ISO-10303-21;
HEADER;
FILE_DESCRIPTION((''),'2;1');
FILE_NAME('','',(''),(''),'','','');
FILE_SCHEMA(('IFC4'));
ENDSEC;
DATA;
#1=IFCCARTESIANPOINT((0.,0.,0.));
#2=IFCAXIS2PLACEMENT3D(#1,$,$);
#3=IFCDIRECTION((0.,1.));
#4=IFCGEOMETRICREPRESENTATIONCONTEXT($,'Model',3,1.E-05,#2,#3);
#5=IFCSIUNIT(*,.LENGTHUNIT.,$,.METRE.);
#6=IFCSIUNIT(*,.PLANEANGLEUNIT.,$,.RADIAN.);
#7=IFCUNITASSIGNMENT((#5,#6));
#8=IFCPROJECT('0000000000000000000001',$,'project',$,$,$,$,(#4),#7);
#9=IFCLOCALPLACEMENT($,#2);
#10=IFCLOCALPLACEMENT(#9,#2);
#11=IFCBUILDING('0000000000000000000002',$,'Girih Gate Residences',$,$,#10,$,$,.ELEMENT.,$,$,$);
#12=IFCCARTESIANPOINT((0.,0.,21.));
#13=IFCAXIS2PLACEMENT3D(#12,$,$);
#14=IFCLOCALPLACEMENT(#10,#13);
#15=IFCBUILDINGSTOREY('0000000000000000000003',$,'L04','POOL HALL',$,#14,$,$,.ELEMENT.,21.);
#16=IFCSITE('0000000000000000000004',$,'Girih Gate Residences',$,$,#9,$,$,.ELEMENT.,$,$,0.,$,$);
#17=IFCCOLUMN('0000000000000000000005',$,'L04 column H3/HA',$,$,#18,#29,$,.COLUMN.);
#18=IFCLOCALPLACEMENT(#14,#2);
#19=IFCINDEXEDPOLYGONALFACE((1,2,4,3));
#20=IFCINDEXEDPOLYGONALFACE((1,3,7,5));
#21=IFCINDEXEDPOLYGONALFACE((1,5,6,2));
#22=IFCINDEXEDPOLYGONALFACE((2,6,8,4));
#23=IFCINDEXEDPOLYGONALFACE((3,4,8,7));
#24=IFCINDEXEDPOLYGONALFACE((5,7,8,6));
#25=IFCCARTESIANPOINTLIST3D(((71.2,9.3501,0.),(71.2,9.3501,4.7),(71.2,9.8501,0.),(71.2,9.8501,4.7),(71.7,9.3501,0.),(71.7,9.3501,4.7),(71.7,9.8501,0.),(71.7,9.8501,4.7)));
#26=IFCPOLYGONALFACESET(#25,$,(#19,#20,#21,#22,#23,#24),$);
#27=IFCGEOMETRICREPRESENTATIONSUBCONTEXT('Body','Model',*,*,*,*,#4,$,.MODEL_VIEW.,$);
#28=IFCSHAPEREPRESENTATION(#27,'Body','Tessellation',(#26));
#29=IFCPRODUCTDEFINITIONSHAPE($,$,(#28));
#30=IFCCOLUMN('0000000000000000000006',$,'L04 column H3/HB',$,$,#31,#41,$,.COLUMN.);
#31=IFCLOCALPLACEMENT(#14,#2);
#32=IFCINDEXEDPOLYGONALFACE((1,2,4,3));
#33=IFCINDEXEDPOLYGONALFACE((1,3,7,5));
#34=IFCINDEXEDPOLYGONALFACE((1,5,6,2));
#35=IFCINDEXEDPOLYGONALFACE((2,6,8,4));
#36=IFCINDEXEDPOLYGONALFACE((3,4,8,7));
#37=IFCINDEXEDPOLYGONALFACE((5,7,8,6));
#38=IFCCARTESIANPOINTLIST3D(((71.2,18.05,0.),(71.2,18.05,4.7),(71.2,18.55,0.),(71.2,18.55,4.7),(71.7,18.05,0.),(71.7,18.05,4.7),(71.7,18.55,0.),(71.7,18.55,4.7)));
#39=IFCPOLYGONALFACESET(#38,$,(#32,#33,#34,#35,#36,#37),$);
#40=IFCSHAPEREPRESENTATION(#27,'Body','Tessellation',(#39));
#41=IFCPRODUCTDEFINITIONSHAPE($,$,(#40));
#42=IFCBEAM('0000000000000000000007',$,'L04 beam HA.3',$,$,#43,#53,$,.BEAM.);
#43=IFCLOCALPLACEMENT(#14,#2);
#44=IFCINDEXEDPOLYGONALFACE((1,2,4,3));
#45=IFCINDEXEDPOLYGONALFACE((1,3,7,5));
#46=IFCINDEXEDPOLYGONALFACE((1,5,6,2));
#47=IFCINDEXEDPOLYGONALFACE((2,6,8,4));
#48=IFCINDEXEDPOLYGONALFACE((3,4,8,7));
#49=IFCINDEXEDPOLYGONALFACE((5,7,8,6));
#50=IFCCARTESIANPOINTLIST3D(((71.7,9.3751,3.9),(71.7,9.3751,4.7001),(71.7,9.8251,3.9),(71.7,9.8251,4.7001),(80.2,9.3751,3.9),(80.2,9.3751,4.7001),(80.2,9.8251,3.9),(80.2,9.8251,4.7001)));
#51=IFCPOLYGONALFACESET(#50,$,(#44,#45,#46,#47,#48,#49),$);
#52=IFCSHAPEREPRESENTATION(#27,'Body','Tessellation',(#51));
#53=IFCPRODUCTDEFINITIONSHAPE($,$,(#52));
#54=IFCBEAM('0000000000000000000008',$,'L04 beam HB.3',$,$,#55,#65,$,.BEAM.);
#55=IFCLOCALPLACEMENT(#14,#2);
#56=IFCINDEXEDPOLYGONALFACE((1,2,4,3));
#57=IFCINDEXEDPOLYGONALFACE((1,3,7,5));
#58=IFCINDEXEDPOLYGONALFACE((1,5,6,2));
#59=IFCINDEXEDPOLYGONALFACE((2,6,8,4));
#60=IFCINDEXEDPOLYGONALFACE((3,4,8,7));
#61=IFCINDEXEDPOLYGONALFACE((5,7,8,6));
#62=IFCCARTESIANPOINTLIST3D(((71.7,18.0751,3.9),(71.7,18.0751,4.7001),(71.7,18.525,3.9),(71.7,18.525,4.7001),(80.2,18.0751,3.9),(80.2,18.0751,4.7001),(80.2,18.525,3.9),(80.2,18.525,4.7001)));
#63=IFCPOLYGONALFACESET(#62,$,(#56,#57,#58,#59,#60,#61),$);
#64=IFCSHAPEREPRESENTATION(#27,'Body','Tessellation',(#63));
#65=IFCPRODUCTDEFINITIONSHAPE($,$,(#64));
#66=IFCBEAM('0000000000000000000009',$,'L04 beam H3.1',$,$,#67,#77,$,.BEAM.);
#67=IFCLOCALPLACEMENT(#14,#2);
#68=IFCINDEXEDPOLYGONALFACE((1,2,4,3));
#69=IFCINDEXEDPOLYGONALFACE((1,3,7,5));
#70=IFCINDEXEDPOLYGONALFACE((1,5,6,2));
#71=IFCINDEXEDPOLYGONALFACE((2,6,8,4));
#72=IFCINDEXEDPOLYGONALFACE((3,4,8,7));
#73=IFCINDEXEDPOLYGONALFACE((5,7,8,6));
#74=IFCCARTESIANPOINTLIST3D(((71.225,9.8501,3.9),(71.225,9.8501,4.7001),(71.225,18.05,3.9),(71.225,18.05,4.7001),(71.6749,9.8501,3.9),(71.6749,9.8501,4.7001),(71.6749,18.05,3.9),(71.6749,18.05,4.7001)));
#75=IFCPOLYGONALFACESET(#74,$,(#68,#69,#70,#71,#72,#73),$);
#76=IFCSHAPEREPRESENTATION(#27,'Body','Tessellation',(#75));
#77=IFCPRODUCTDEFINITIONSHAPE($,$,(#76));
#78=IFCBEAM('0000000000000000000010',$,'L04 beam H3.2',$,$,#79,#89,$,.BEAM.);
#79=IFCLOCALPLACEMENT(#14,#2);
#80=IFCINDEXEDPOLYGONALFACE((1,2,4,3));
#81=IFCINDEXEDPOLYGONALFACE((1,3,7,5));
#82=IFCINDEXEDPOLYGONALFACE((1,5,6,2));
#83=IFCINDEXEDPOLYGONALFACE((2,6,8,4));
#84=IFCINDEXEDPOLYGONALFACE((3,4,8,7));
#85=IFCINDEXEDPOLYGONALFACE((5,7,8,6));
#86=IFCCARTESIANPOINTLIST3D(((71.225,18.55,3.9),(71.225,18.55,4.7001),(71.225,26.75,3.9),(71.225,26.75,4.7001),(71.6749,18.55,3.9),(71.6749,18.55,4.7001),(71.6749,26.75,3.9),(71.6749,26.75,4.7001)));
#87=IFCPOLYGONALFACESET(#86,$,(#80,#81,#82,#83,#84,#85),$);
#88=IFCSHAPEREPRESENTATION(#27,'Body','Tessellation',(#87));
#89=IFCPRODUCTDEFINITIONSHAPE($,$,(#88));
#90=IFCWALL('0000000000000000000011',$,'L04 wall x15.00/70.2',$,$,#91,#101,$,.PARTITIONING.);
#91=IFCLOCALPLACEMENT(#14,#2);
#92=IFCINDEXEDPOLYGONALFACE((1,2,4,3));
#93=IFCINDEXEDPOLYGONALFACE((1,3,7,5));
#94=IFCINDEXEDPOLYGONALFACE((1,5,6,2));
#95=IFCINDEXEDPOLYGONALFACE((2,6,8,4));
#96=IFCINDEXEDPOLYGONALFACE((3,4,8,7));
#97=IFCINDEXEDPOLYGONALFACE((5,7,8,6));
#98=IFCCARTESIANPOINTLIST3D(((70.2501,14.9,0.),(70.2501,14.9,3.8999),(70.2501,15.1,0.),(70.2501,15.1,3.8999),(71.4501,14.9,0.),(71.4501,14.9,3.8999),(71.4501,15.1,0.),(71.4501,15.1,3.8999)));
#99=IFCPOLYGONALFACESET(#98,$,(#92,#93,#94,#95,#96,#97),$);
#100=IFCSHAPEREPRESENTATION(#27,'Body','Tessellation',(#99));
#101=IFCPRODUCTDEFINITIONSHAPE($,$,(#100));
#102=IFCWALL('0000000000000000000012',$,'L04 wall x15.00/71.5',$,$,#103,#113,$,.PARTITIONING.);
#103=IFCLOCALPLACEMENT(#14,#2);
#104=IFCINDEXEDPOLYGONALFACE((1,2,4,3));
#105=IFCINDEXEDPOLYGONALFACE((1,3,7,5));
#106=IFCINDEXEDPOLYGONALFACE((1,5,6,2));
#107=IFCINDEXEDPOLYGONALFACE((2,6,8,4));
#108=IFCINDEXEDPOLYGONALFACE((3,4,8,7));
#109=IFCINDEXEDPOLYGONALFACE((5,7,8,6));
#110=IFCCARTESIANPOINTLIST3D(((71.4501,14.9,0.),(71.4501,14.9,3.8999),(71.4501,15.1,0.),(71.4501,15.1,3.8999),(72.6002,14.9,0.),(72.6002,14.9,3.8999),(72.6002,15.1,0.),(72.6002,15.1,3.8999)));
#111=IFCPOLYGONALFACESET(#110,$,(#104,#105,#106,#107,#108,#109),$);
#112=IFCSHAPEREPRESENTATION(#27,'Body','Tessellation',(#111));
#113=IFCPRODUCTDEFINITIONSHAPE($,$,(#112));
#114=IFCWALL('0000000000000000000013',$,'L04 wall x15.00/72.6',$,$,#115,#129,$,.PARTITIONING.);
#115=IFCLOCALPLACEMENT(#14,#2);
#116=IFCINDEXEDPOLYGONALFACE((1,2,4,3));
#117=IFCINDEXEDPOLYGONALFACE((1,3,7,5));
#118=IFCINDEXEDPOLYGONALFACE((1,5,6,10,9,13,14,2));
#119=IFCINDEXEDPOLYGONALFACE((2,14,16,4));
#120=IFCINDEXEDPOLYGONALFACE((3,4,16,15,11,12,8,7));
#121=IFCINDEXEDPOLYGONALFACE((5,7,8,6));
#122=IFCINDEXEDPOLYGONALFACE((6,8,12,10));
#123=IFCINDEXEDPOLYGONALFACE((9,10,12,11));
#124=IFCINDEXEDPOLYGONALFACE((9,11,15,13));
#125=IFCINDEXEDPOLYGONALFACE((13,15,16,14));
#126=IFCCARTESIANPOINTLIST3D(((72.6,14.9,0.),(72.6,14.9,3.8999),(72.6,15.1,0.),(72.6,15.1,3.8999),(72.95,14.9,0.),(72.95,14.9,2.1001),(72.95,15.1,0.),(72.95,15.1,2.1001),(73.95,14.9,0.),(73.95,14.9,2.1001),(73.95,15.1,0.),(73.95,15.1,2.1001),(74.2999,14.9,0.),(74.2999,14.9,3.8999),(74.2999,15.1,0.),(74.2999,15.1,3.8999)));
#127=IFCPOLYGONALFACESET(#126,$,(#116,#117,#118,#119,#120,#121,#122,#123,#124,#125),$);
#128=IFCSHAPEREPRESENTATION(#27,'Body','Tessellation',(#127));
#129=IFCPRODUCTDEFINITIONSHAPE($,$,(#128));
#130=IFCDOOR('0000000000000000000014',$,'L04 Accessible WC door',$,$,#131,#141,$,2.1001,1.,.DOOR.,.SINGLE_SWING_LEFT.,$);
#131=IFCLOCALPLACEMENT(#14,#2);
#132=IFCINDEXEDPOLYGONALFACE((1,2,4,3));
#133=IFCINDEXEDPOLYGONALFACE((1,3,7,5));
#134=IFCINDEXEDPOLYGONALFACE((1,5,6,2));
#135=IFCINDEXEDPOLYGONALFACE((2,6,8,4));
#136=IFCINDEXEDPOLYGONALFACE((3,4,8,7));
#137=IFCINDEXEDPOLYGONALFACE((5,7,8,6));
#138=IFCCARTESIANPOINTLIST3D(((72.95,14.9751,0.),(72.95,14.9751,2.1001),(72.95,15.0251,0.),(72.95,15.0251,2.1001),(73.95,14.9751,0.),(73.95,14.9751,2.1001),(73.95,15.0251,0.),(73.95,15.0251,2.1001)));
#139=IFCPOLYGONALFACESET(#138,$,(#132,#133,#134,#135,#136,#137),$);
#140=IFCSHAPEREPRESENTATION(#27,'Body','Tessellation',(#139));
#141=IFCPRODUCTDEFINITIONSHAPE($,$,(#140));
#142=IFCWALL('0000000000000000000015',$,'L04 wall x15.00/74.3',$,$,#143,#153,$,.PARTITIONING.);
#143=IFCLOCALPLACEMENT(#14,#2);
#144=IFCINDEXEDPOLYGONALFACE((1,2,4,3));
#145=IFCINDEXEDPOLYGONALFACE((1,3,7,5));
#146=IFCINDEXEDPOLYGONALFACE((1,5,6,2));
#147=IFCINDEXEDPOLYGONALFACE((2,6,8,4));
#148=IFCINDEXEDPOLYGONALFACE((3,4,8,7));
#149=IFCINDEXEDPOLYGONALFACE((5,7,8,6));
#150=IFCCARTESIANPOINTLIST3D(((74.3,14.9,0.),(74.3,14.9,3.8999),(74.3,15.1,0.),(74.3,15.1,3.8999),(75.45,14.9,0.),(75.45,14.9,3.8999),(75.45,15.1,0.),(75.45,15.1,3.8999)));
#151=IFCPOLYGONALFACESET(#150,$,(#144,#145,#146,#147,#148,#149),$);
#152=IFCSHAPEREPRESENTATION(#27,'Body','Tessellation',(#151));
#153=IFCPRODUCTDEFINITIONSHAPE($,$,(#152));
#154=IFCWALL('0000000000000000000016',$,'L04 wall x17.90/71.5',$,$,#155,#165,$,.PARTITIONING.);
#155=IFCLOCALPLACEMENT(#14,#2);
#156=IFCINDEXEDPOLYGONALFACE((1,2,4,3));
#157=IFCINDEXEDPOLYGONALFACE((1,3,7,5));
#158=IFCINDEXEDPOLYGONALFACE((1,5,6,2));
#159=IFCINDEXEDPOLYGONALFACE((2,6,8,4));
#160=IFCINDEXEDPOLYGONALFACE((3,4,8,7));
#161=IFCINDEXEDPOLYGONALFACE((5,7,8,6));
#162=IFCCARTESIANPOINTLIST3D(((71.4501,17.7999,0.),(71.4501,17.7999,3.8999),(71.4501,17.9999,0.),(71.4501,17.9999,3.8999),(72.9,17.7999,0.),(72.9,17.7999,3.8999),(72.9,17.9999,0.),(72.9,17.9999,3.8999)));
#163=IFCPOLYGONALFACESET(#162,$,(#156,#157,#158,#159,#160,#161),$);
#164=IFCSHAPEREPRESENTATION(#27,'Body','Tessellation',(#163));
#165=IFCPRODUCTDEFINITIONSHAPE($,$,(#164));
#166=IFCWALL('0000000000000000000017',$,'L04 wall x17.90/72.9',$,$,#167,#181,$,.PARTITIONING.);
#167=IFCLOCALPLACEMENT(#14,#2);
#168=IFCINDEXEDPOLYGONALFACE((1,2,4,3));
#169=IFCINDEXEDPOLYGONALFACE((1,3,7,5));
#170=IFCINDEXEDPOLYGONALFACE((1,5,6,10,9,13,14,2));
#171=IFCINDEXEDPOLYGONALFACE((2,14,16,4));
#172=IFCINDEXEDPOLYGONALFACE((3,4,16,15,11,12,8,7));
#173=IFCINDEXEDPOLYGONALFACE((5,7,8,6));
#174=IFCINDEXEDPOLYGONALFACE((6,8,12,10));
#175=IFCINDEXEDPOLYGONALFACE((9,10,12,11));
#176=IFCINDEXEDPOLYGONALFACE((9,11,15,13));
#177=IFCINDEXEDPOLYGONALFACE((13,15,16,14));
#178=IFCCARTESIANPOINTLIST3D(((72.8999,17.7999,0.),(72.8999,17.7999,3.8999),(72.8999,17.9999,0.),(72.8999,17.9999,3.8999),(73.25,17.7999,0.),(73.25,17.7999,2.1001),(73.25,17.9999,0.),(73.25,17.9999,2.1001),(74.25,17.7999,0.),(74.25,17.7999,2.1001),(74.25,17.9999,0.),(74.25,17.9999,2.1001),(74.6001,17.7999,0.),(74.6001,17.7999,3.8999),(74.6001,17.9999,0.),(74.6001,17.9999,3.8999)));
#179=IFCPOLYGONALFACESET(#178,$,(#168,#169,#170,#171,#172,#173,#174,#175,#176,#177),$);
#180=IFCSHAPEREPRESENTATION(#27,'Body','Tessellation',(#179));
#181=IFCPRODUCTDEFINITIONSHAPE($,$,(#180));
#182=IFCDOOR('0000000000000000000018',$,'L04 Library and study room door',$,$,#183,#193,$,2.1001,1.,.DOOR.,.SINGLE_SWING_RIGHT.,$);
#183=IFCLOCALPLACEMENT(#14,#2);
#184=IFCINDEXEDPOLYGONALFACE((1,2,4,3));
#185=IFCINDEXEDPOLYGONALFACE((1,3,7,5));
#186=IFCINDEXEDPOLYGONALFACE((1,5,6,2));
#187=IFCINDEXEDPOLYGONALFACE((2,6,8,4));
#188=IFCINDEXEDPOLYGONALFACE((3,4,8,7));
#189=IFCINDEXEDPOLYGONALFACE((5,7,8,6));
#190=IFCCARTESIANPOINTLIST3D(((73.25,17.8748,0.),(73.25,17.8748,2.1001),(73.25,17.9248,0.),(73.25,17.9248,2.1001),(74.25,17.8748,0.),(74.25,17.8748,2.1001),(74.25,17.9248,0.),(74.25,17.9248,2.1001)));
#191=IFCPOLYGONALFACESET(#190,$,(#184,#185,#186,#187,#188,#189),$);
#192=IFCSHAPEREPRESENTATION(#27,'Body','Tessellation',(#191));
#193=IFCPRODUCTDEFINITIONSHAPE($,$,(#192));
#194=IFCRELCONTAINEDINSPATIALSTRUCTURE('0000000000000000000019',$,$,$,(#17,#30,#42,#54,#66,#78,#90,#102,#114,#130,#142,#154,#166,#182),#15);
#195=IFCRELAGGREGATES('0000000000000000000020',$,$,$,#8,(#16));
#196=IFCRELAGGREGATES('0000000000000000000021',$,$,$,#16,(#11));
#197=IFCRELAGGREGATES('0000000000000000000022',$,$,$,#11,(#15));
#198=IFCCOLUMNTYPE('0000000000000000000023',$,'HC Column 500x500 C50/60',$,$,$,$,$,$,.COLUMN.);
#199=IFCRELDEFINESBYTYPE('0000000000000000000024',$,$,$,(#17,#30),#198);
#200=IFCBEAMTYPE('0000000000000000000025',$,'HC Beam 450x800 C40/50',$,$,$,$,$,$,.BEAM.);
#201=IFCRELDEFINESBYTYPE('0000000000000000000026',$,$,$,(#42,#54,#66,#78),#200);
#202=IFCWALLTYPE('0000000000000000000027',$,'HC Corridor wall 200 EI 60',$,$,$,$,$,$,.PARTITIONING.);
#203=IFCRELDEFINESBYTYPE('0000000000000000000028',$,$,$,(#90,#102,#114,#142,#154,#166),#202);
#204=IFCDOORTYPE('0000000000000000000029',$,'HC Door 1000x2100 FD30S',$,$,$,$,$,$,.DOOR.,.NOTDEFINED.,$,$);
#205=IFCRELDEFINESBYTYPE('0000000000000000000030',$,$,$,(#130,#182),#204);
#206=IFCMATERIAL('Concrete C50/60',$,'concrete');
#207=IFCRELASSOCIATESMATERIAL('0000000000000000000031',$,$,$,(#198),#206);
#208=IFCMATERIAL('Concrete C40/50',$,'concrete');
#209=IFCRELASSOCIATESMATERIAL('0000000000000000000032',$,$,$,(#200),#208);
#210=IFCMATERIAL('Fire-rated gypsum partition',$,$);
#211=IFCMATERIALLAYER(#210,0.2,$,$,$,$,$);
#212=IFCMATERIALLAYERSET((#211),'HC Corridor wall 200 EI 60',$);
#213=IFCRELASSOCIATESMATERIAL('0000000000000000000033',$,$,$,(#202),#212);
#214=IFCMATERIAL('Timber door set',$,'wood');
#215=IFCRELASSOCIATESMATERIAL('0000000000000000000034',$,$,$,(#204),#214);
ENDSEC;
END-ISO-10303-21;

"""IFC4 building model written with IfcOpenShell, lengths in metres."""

from ifc_helpers import new_model, si_unit, direction, frame, frame_2d, origin, origin_2d, place, context, subcontext, project, spatial, rectangle, extrude, material, layer, layer_set, material_profile, profile_set, type_object, element, fill, save


model = new_model("IFC4")

# Units and contexts
model_context = context("Model", 3, precision=1e-05, world=origin(), true_north=direction((0.0, 1.0)))
body_context = subcontext(model_context, "Body", "Model", "MODEL_VIEW")
ifc_project = project(units=[si_unit("LENGTHUNIT", "METRE"), si_unit("PLANEANGLEUNIT", "RADIAN")], contexts=[model_context])

# Site, building, storey
site_placement = place(None, origin())
site = spatial("IfcSite", under=ifc_project, at=site_placement, Name="Girih Gate Residences", CompositionType="ELEMENT", RefElevation=0.0)
building_placement = place(site_placement, origin())
building = spatial("IfcBuilding", under=site, at=building_placement, Name="Girih Gate Residences", CompositionType="ELEMENT")
storey_placement = place(building_placement, frame((0.0, 0.0, 21.0)))
storey = spatial("IfcBuildingStorey", under=building, at=storey_placement, Name="L04", Description="POOL HALL", CompositionType="ELEMENT", Elevation=21.0)

# Columns
ifc_material_1 = material(Name="Concrete C50/60", Category="concrete")
ifc_material_profile_1 = material_profile(ifc_material_1, rectangle(XDim=0.5, YDim=0.5, at=origin_2d()))
ifc_profile_set_1 = profile_set([ifc_material_profile_1], Name="Concrete C50/60")
column_type = type_object("IfcColumnType", Name="HC Column 500x500 C50/60", PredefinedType="COLUMN", material=ifc_profile_set_1)
for number, where, z_axis, x_axis, name in (
    (1, (71.45, 9.6001, 0.0), (0.0, 0.0, 1.0), (1.0, 0.0, 0.0), "L04 column H3/HA"),
    (2, (71.45, 18.3, 0.0), (0.0, 0.0, 1.0), (1.0, 0.0, 0.0), "L04 column H3/HB"),
):
    element("IfcColumn", number, at=place(storey_placement, frame(where, z_axis=z_axis, x_axis=x_axis)), inside=storey, type_object=column_type, Name=name, PredefinedType="COLUMN", context=body_context, shape_type="SweptSolid", body=[
        extrude(rectangle(XDim=0.5, YDim=0.5, at=origin_2d()), origin(), (0.0, 0.0, 1.0), 4.7),
    ])

# Beams
ifc_material_2 = material(Name="Concrete C40/50", Category="concrete")
ifc_material_profile_2 = material_profile(ifc_material_2, rectangle(XDim=0.45, YDim=0.8, at=origin_2d()))
ifc_profile_set_2 = profile_set([ifc_material_profile_2], Name="Concrete C40/50")
beam_type = type_object("IfcBeamType", Name="HC Beam 450x800 C40/50", PredefinedType="BEAM", material=ifc_profile_set_2)
for number, where, z_axis, x_axis, name in (
    (3, (71.7, 9.6001, 4.3), (1.0, 0.0, 0.0), (0.0, 1.0, 0.0), "L04 beam HA.3"),
    (4, (71.7, 18.3, 4.3), (1.0, 0.0, 0.0), (0.0, 1.0, 0.0), "L04 beam HB.3"),
):
    element("IfcBeam", number, at=place(storey_placement, frame(where, z_axis=z_axis, x_axis=x_axis)), inside=storey, type_object=beam_type, Name=name, PredefinedType="BEAM", context=body_context, shape_type="SweptSolid", body=[
        extrude(rectangle(XDim=0.45, YDim=0.8, at=origin_2d()), origin(), (0.0, 0.0, 1.0), 8.5),
    ])
for number, where, z_axis, x_axis, name in (
    (5, (71.45, 9.8501, 4.3), (0.0, 1.0, 0.0), (-1.0, 0.0, 0.0), "L04 beam H3.1"),
    (6, (71.45, 18.55, 4.3), (0.0, 1.0, 0.0), (-1.0, 0.0, 0.0), "L04 beam H3.2"),
):
    element("IfcBeam", number, at=place(storey_placement, frame(where, z_axis=z_axis, x_axis=x_axis)), inside=storey, type_object=beam_type, Name=name, PredefinedType="BEAM", context=body_context, shape_type="SweptSolid", body=[
        extrude(rectangle(XDim=0.45, YDim=0.8, at=origin_2d()), origin(), (0.0, 0.0, 1.0), 8.2),
    ])

# Walls
ifc_material_3 = material(Name="Fire-rated gypsum partition")
ifc_layer_1 = layer(ifc_material_3, 0.2)
ifc_layer_set_1 = layer_set([ifc_layer_1], Name="HC Corridor wall 200 EI 60")
wall_type_1 = type_object("IfcWallType", Name="HC Corridor wall 200 EI 60", PredefinedType="PARTITIONING", material=ifc_layer_set_1)
wall_1_placement = place(storey_placement, frame((70.25, 15.0, 0.0), z_axis=(0.0, 0.0, 1.0), x_axis=(1.0, 0.0, 0.0)))
element("IfcWall", 7, at=wall_1_placement, inside=storey, type_object=wall_type_1, Name="L04 wall x15.00/70.2", PredefinedType="PARTITIONING", context=body_context, shape_type="SweptSolid", body=[
    extrude(rectangle(XDim=1.2, YDim=0.2, at=frame_2d((0.6001, 0.0))), origin(), (0.0, 0.0, 1.0), 3.8999),
])
wall_2_placement = place(storey_placement, frame((71.45, 15.0, 0.0), z_axis=(0.0, 0.0, 1.0), x_axis=(1.0, 0.0, 0.0)))
element("IfcWall", 8, at=wall_2_placement, inside=storey, type_object=wall_type_1, Name="L04 wall x15.00/71.5", PredefinedType="PARTITIONING", context=body_context, shape_type="SweptSolid", body=[
    extrude(rectangle(XDim=1.1501, YDim=0.2, at=frame_2d((0.5752, 0.0))), origin(), (0.0, 0.0, 1.0), 3.8999),
])

# Wall, opening, door
wall_3_placement = place(storey_placement, frame((74.3, 15.0, 0.0), z_axis=(0.0, 0.0, 1.0), x_axis=(-1.0, 0.0, 0.0)))
wall_3 = element("IfcWall", 9, at=wall_3_placement, inside=storey, type_object=wall_type_1, Name="L04 wall x15.00/72.6", PredefinedType="PARTITIONING", context=body_context, shape_type="SweptSolid", body=[
    extrude(rectangle(XDim=1.7, YDim=0.2, at=frame_2d((0.8501, 0.0))), origin(), (0.0, 0.0, 1.0), 3.8999),
])
opening_1_placement = place(wall_3_placement, frame((0.3501, 0.0, 0.0)))
opening_1 = element("IfcOpeningElement", 10, at=opening_1_placement, cuts=wall_3, PredefinedType="OPENING", context=body_context, shape_type="SweptSolid", body=[
    extrude(rectangle(XDim=1.0, YDim=2.1001, at=frame_2d((0.5, 1.05))), frame((0.0, 0.1099, 0.0), z_axis=(0.0, -1.0, 0.0), x_axis=(1.0, 0.0, 0.0)), (0.0, 0.0, 1.0), 0.22),
])
ifc_material_4 = material(Name="Timber door set", Category="wood")
door_type_1 = type_object("IfcDoorType", Name="HC Door 1000x2100 FD30S", OperationType="NOTDEFINED", PredefinedType="DOOR", material=ifc_material_4)
door_1_placement = place(opening_1_placement, origin())
door_1 = element("IfcDoor", 11, at=door_1_placement, inside=storey, type_object=door_type_1, Name="L04 Accessible WC door", OperationType="SINGLE_SWING_LEFT", OverallHeight=2.1001, OverallWidth=1.0, PredefinedType="DOOR", context=body_context, shape_type="SweptSolid", body=[
    extrude(rectangle(XDim=1.0, YDim=2.1001, at=frame_2d((0.5, 1.05))), frame((0.0, 0.0249, 0.0), z_axis=(0.0, -1.0, 0.0), x_axis=(1.0, 0.0, 0.0)), (0.0, 0.0, 1.0), 0.05),
])
fill(opening_1, door_1)

# Walls
wall_4_placement = place(storey_placement, frame((74.3, 15.0, 0.0), z_axis=(0.0, 0.0, 1.0), x_axis=(1.0, 0.0, 0.0)))
element("IfcWall", 12, at=wall_4_placement, inside=storey, type_object=wall_type_1, Name="L04 wall x15.00/74.3", PredefinedType="PARTITIONING", context=body_context, shape_type="SweptSolid", body=[
    extrude(rectangle(XDim=1.1499, YDim=0.2, at=frame_2d((0.575, 0.0))), origin(), (0.0, 0.0, 1.0), 3.8999),
])
wall_5_placement = place(storey_placement, frame((71.45, 17.8999, 0.0), z_axis=(0.0, 0.0, 1.0), x_axis=(1.0, 0.0, 0.0)))
element("IfcWall", 13, at=wall_5_placement, inside=storey, type_object=wall_type_1, Name="L04 wall x17.90/71.5", PredefinedType="PARTITIONING", context=body_context, shape_type="SweptSolid", body=[
    extrude(rectangle(XDim=1.45, YDim=0.2, at=frame_2d((0.7251, 0.0))), origin(), (0.0, 0.0, 1.0), 3.8999),
])

# Wall, opening, door
wall_6_placement = place(storey_placement, frame((72.8999, 17.8999, 0.0), z_axis=(0.0, 0.0, 1.0), x_axis=(1.0, 0.0, 0.0)))
wall_6 = element("IfcWall", 14, at=wall_6_placement, inside=storey, type_object=wall_type_1, Name="L04 wall x17.90/72.9", PredefinedType="PARTITIONING", context=body_context, shape_type="SweptSolid", body=[
    extrude(rectangle(XDim=1.7002, YDim=0.2, at=frame_2d((0.8501, 0.0))), origin(), (0.0, 0.0, 1.0), 3.8999),
])
opening_2_placement = place(wall_6_placement, frame((0.3501, 0.0, 0.0)))
opening_2 = element("IfcOpeningElement", 15, at=opening_2_placement, cuts=wall_6, PredefinedType="OPENING", context=body_context, shape_type="SweptSolid", body=[
    extrude(rectangle(XDim=1.0, YDim=2.1001, at=frame_2d((0.5, 1.05))), frame((0.0, 0.1099, 0.0), z_axis=(0.0, -1.0, 0.0), x_axis=(1.0, 0.0, 0.0)), (0.0, 0.0, 1.0), 0.22),
])
door_2_placement = place(opening_2_placement, origin())
door_2 = element("IfcDoor", 16, at=door_2_placement, inside=storey, type_object=door_type_1, Name="L04 Library and study room door", OperationType="SINGLE_SWING_RIGHT", OverallHeight=2.1001, OverallWidth=1.0, PredefinedType="DOOR", context=body_context, shape_type="SweptSolid", body=[
    extrude(rectangle(XDim=1.0, YDim=2.1001, at=frame_2d((0.5, 1.05))), frame((0.0, 0.0249, 0.0), z_axis=(0.0, -1.0, 0.0), x_axis=(1.0, 0.0, 0.0)), (0.0, 0.0, 1.0), 0.05),
])
fill(opening_2, door_2)

save(model, "model.ifc")
